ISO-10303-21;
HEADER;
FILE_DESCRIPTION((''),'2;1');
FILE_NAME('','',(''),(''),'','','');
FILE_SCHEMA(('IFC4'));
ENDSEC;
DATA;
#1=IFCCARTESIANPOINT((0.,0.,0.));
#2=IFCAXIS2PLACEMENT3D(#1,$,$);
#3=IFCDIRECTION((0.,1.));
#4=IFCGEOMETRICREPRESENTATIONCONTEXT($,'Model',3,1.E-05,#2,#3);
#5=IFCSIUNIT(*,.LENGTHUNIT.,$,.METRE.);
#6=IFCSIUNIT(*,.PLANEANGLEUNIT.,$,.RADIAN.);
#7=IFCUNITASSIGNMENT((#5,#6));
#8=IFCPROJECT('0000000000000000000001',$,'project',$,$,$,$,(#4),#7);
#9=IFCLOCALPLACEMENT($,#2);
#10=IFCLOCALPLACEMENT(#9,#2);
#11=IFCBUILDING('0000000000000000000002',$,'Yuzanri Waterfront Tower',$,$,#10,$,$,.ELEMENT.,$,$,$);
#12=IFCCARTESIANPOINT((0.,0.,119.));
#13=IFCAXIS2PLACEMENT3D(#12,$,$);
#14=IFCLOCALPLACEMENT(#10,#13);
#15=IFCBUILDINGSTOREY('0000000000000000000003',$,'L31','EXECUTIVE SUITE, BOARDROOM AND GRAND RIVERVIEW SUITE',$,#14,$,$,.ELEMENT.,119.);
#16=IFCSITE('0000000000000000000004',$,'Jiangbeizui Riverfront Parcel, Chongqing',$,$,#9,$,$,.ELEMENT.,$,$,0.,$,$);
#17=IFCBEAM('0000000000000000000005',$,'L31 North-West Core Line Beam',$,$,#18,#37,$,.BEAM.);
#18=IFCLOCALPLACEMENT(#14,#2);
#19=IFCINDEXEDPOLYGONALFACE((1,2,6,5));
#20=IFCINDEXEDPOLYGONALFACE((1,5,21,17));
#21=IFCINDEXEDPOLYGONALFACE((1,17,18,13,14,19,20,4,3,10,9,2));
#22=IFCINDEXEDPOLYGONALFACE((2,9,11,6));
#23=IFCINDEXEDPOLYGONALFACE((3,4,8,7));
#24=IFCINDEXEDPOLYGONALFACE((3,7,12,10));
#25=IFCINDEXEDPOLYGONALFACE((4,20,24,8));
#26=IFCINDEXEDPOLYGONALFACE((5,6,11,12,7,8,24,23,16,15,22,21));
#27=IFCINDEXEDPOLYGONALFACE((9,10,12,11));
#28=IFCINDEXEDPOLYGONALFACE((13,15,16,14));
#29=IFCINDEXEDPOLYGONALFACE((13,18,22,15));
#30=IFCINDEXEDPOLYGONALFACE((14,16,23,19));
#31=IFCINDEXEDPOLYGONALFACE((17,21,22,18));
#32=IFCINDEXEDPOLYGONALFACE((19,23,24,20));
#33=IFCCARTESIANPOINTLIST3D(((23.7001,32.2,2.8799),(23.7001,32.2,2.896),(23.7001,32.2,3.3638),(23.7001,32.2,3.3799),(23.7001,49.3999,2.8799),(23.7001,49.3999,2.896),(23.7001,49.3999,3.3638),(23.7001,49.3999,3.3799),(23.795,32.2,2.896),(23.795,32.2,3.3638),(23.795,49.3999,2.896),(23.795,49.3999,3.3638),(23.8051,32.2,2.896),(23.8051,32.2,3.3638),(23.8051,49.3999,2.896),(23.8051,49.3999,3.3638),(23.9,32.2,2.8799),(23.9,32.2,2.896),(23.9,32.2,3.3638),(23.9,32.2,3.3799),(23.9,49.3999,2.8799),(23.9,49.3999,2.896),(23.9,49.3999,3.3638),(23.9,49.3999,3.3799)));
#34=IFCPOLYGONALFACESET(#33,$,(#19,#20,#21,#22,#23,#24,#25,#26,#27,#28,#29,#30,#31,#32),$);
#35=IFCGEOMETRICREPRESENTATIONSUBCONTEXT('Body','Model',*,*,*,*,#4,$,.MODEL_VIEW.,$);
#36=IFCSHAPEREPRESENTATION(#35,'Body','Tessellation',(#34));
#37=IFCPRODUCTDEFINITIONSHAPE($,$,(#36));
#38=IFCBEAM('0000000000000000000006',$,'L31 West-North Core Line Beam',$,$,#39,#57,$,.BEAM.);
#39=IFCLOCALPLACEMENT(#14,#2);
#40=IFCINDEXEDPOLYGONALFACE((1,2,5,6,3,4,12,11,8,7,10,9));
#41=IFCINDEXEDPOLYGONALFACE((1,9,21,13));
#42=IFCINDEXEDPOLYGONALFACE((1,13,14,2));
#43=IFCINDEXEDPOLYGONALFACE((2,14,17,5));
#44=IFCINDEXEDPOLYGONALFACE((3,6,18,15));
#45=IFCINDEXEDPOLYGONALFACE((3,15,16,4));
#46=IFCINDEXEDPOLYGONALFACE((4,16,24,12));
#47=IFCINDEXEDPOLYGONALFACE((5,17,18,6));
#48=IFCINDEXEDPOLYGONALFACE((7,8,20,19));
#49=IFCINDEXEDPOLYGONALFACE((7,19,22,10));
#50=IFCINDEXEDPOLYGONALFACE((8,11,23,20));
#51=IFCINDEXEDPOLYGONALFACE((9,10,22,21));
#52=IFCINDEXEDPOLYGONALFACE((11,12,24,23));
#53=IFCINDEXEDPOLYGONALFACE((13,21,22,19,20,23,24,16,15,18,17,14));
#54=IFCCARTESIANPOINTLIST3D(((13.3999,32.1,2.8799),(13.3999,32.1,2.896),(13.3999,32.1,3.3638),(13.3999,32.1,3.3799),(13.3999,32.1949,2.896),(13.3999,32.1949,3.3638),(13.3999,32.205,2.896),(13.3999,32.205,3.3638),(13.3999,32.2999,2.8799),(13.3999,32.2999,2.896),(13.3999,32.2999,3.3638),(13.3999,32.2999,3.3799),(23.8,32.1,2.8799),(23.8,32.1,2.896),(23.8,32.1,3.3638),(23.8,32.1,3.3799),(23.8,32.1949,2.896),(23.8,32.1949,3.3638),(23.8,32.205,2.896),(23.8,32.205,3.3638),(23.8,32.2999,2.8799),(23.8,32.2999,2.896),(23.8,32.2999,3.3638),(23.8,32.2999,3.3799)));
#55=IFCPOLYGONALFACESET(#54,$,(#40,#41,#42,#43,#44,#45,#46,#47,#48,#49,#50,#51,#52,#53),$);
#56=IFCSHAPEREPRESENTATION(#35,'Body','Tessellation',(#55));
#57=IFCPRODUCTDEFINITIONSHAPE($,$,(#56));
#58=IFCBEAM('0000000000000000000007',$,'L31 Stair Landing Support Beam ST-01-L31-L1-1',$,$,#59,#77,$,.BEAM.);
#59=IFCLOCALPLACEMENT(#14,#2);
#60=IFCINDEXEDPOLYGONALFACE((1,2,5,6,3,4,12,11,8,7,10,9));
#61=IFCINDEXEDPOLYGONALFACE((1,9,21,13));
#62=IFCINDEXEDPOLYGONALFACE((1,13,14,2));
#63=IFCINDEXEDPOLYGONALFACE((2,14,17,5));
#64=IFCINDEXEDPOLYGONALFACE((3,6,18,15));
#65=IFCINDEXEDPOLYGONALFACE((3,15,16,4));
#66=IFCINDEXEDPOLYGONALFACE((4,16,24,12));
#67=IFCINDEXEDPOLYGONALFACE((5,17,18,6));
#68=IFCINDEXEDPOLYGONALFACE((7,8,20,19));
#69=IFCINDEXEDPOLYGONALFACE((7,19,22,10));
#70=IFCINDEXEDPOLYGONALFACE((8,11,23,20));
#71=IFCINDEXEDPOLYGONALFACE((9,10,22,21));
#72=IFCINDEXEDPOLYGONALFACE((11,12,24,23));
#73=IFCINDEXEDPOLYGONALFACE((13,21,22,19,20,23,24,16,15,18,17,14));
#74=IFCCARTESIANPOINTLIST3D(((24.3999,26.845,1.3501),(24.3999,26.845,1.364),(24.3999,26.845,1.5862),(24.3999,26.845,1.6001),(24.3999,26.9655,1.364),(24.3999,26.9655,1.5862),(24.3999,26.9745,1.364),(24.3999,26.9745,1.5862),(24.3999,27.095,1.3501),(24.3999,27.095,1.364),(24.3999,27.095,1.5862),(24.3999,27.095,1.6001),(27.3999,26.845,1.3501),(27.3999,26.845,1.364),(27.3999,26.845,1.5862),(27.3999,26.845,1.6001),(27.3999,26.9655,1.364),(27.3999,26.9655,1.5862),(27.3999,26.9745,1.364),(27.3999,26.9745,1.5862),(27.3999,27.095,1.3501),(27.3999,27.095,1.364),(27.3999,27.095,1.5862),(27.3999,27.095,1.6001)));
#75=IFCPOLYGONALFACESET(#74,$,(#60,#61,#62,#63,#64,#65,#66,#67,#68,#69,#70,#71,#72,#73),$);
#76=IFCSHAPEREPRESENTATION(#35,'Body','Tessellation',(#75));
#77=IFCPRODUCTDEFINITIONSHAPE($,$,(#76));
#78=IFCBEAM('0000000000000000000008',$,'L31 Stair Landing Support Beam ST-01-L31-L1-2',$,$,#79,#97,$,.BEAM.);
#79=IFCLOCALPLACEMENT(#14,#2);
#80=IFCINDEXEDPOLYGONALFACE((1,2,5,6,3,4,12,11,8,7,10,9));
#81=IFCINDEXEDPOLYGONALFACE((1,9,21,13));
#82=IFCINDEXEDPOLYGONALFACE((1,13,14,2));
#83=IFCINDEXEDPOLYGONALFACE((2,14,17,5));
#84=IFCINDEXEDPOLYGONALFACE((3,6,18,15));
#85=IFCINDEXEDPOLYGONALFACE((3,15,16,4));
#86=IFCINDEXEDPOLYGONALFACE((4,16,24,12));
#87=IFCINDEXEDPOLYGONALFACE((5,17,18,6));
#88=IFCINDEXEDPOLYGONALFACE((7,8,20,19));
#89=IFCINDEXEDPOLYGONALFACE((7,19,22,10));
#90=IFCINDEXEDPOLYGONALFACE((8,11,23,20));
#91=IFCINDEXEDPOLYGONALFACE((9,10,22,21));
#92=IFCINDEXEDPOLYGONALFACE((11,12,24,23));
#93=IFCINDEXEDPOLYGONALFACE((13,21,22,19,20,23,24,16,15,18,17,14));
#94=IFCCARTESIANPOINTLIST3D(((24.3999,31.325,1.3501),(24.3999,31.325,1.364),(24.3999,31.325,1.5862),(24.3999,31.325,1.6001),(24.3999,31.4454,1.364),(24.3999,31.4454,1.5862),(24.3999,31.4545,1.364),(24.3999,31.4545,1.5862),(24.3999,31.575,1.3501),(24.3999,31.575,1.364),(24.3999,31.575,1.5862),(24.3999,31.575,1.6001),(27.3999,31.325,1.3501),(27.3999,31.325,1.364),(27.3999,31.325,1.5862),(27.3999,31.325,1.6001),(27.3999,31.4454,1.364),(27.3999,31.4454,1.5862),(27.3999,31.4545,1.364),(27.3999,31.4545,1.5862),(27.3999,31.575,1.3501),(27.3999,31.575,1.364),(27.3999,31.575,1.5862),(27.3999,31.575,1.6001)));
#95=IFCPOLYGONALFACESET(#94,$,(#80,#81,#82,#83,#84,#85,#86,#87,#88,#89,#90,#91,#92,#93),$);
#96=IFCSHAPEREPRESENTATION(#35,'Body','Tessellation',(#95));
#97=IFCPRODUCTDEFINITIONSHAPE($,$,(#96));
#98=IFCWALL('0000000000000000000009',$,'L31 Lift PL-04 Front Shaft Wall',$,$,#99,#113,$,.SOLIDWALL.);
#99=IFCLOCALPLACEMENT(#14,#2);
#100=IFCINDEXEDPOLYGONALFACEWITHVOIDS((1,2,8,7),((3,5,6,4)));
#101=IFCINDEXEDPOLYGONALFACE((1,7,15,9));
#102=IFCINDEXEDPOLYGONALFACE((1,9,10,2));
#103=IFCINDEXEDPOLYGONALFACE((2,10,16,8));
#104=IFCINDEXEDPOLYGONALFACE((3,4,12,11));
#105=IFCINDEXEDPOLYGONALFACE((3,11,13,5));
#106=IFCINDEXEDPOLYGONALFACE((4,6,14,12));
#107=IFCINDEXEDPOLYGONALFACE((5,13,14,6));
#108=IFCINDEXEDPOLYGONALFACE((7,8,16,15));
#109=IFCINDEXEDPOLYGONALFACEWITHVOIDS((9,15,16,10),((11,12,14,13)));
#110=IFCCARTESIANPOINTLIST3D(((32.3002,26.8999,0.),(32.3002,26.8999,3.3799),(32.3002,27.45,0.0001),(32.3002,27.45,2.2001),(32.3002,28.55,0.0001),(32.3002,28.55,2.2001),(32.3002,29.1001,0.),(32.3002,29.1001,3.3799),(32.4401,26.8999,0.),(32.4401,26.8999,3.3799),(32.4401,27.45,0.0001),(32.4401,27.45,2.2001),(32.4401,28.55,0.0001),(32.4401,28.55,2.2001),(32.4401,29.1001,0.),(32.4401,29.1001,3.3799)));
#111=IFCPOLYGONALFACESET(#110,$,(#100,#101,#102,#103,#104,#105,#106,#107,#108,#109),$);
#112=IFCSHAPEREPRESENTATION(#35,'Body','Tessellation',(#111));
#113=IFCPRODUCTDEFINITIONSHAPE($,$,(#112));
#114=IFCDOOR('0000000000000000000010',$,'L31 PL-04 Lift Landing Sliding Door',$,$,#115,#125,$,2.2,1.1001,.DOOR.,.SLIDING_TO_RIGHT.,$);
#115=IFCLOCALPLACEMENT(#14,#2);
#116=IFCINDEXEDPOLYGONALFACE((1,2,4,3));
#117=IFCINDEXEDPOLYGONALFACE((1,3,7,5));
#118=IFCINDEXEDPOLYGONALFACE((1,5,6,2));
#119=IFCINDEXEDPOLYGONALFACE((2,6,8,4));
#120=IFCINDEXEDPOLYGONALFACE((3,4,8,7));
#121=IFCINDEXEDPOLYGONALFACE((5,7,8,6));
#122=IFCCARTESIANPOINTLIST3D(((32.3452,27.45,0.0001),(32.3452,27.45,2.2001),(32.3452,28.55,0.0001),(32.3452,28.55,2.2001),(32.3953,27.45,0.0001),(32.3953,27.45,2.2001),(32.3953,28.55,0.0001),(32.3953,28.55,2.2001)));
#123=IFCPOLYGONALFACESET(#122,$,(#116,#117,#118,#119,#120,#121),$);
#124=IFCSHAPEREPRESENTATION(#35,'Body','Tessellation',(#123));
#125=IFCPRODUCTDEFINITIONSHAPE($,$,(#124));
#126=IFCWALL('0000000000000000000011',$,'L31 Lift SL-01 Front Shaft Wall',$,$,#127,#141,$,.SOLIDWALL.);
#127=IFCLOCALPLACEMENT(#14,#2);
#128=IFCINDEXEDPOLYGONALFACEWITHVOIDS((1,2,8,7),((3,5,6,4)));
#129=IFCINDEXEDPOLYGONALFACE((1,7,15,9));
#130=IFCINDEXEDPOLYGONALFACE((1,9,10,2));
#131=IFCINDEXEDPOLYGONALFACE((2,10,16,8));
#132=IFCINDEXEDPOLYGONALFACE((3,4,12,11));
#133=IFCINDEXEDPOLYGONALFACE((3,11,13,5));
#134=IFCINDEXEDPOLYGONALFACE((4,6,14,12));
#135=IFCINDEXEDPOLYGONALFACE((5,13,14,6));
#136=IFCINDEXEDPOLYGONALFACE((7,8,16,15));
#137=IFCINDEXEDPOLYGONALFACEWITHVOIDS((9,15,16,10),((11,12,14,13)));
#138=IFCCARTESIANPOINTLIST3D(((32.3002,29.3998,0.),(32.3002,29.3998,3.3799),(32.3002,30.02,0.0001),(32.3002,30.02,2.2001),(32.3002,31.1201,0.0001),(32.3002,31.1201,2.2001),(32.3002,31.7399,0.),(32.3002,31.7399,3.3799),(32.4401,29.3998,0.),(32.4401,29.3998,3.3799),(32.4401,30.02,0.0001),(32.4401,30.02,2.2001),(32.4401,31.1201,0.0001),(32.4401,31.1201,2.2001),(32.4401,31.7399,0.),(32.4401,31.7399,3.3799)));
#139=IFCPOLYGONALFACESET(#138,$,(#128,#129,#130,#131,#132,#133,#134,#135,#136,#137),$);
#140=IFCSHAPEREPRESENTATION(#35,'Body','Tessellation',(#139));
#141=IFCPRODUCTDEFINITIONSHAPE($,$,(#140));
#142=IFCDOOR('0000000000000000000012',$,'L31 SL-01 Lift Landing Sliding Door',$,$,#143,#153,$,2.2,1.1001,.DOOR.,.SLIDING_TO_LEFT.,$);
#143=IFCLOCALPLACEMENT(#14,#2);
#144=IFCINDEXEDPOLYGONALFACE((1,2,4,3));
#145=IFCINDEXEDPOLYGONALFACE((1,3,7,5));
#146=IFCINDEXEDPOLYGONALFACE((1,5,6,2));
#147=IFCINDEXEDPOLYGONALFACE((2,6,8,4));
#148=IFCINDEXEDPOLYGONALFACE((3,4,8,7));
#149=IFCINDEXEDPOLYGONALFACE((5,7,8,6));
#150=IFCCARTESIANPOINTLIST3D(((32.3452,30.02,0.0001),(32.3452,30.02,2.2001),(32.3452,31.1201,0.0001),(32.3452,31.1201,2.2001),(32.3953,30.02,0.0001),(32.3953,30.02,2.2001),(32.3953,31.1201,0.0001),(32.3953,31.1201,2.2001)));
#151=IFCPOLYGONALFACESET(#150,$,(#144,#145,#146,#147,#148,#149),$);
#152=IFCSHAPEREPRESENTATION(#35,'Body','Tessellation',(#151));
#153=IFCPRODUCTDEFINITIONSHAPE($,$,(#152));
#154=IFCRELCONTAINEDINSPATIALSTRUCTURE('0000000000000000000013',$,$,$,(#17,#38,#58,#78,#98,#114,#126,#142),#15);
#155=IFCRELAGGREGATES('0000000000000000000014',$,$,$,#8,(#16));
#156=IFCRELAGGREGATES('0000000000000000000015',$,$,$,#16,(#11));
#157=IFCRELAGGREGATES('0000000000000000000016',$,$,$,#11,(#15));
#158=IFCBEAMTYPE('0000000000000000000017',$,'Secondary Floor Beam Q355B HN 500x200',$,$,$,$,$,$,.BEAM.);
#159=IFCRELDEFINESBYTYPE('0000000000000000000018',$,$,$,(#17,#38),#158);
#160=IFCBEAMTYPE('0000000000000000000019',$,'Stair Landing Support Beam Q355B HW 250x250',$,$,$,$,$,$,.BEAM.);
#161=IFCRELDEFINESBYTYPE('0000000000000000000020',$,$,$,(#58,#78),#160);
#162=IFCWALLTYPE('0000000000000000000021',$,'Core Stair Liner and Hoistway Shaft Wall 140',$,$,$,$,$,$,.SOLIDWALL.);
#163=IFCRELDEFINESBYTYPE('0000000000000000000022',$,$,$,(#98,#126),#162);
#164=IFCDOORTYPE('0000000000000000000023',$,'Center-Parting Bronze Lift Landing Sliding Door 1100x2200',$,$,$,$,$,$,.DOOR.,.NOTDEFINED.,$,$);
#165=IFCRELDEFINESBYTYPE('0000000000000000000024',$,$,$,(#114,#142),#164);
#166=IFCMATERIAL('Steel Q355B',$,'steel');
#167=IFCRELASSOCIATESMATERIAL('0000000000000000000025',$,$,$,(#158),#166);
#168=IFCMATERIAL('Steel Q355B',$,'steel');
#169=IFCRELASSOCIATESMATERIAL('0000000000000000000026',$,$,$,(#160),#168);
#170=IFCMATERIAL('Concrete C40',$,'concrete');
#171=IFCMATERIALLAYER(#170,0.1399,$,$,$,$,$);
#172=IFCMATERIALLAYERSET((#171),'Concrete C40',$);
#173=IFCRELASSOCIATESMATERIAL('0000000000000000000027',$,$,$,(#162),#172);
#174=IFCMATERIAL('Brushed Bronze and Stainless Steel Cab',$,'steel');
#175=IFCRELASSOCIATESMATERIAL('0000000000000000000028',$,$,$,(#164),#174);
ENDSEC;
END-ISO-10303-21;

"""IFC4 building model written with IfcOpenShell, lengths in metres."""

from ifc_helpers import new_model, si_unit, direction, frame, frame_2d, origin, origin_2d, place, context, subcontext, project, spatial, rectangle, i_section, extrude, source, transform, mapped, material, layer, layer_set, material_profile, profile_set, type_object, element, fill, save


model = new_model("IFC4")

# Units and contexts
model_context = context("Model", 3, precision=1e-05, world=origin(), true_north=direction((0.0, 1.0)))
body_context = subcontext(model_context, "Body", "Model", "MODEL_VIEW")
ifc_project = project(units=[si_unit("LENGTHUNIT", "METRE"), si_unit("PLANEANGLEUNIT", "RADIAN")], contexts=[model_context])

# Site, building, storey
site_placement = place(None, origin())
site = spatial("IfcSite", under=ifc_project, at=site_placement, Name="Jiangbeizui Riverfront Parcel, Chongqing", CompositionType="ELEMENT", RefElevation=0.0)
building_placement = place(site_placement, origin())
building = spatial("IfcBuilding", under=site, at=building_placement, Name="Yuzanri Waterfront Tower", CompositionType="ELEMENT")
storey_placement = place(building_placement, frame((0.0, 0.0, 119.0)))
storey = spatial("IfcBuildingStorey", under=building, at=storey_placement, Name="L31", Description="EXECUTIVE SUITE, BOARDROOM AND GRAND RIVERVIEW SUITE", CompositionType="ELEMENT", Elevation=119.0)

# Beams
ifc_material_1 = material(Name="Steel Q355B", Category="steel")
ifc_material_profile_1 = material_profile(ifc_material_1, i_section(OverallWidth=0.2, OverallDepth=0.5, WebThickness=0.01, FlangeThickness=0.0161, at=origin_2d()), Name="HN 500x200x10x16")
ifc_profile_set_1 = profile_set([ifc_material_profile_1], Name="Steel Q355B")
beam_type_1 = type_object("IfcBeamType", Name="Secondary Floor Beam Q355B HN 500x200", PredefinedType="BEAM", material=ifc_profile_set_1)
shared_shape_1 = source(origin(), body_context, "Body", "SweptSolid", [
    extrude(i_section(OverallWidth=0.2, OverallDepth=0.5, WebThickness=0.01, FlangeThickness=0.0161, at=origin_2d()), origin(), (0.0, 0.0, 1.0), 17.2),
])
beam_1_placement = place(storey_placement, frame((23.8, 32.2, 3.1299), z_axis=(0.0, 1.0, 0.0), x_axis=(-1.0, 0.0, 0.0)))
element("IfcBeam", 1, at=beam_1_placement, inside=storey, type_object=beam_type_1, Name="L31 North-West Core Line Beam", PredefinedType="BEAM", context=body_context, shape_type="MappedRepresentation", body=[
    mapped(shared_shape_1, transform((0.0, 0.0, 0.0), scale=1.0)),
])
shared_shape_2 = source(origin(), body_context, "Body", "SweptSolid", [
    extrude(i_section(OverallWidth=0.2, OverallDepth=0.5, WebThickness=0.01, FlangeThickness=0.0161, at=origin_2d()), origin(), (0.0, 0.0, 1.0), 10.4001),
])
beam_2_placement = place(storey_placement, frame((23.8, 32.2, 3.1299), z_axis=(-1.0, 0.0, 0.0), x_axis=(0.0, -1.0, 0.0)))
element("IfcBeam", 2, at=beam_2_placement, inside=storey, type_object=beam_type_1, Name="L31 West-North Core Line Beam", PredefinedType="BEAM", context=body_context, shape_type="MappedRepresentation", body=[
    mapped(shared_shape_2, transform((0.0, 0.0, 0.0), scale=1.0)),
])
ifc_material_2 = material(Name="Steel Q355B", Category="steel")
ifc_material_profile_2 = material_profile(ifc_material_2, i_section(OverallWidth=0.25, OverallDepth=0.25, WebThickness=0.009, FlangeThickness=0.0139, at=origin_2d()), Name="HW 250x250x9x14")
ifc_profile_set_2 = profile_set([ifc_material_profile_2], Name="Steel Q355B")
beam_type_2 = type_object("IfcBeamType", Name="Stair Landing Support Beam Q355B HW 250x250", PredefinedType="BEAM", material=ifc_profile_set_2)
shared_shape_3 = source(origin(), body_context, "Body", "SweptSolid", [
    extrude(i_section(OverallWidth=0.25, OverallDepth=0.25, WebThickness=0.009, FlangeThickness=0.0139, at=origin_2d()), origin(), (0.0, 0.0, 1.0), 3.0),
])
for number, where, z_axis, x_axis, name in (
    (3, (24.3999, 26.97, 1.4751), (1.0, 0.0, 0.0), (0.0, 1.0, 0.0), "L31 Stair Landing Support Beam ST-01-L31-L1-1"),
    (4, (24.3999, 31.45, 1.4751), (1.0, 0.0, 0.0), (0.0, 1.0, 0.0), "L31 Stair Landing Support Beam ST-01-L31-L1-2"),
):
    element("IfcBeam", number, at=place(storey_placement, frame(where, z_axis=z_axis, x_axis=x_axis)), inside=storey, type_object=beam_type_2, Name=name, PredefinedType="BEAM", context=body_context, shape_type="MappedRepresentation", body=[
        mapped(shared_shape_3, transform((0.0, 0.0, 0.0), scale=1.0)),
    ])

# Walls, openings, doors
ifc_material_3 = material(Name="Concrete C40", Category="concrete")
ifc_layer_1 = layer(ifc_material_3, 0.1399)
ifc_layer_set_1 = layer_set([ifc_layer_1], Name="Concrete C40")
wall_type_1 = type_object("IfcWallType", Name="Core Stair Liner and Hoistway Shaft Wall 140", PredefinedType="SOLIDWALL", material=ifc_layer_set_1)
wall_1_placement = place(storey_placement, frame((32.3701, 26.8999, 0.0), z_axis=(0.0, 0.0, 1.0), x_axis=(0.0, 1.0, 0.0)))
wall_1 = element("IfcWall", 5, at=wall_1_placement, inside=storey, type_object=wall_type_1, Name="L31 Lift PL-04 Front Shaft Wall", PredefinedType="SOLIDWALL", context=body_context, shape_type="SweptSolid", body=[
    extrude(rectangle(XDim=2.2002, YDim=0.1399, at=frame_2d((1.1001, 0.0))), origin(), (0.0, 0.0, 1.0), 3.3799),
])
opening_1_placement = place(wall_1_placement, frame((0.55, 0.0, 0.0)))
opening_1 = element("IfcOpeningElement", 6, at=opening_1_placement, cuts=wall_1, PredefinedType="OPENING", context=body_context, shape_type="SweptSolid", body=[
    extrude(rectangle(XDim=1.1001, YDim=2.2, at=frame_2d((0.55, 1.1001))), frame((0.0, 0.085, 0.0), z_axis=(0.0, -1.0, 0.0), x_axis=(1.0, 0.0, 0.0)), (0.0, 0.0, 1.0), 0.1697),
])
ifc_material_4 = material(Name="Brushed Bronze and Stainless Steel Cab", Category="steel")
door_type_1 = type_object("IfcDoorType", Name="Center-Parting Bronze Lift Landing Sliding Door 1100x2200", OperationType="NOTDEFINED", PredefinedType="DOOR", material=ifc_material_4)
shared_shape_4 = source(origin(), body_context, "Body", "SweptSolid", [
    extrude(rectangle(XDim=1.1001, YDim=2.2, at=frame_2d((0.55, 1.1001))), frame((0.0, 0.0249, 0.0), z_axis=(0.0, -1.0, 0.0), x_axis=(1.0, 0.0, 0.0)), (0.0, 0.0, 1.0), 0.05),
])
door_1_placement = place(opening_1_placement, origin())
door_1 = element("IfcDoor", 7, at=door_1_placement, inside=storey, type_object=door_type_1, Name="L31 PL-04 Lift Landing Sliding Door", OperationType="SLIDING_TO_RIGHT", OverallHeight=2.2, OverallWidth=1.1001, PredefinedType="DOOR", context=body_context, shape_type="MappedRepresentation", body=[
    mapped(shared_shape_4, transform((0.0, 0.0, 0.0), scale=1.0)),
])
fill(opening_1, door_1)
wall_2_placement = place(storey_placement, frame((32.3701, 29.3999, 0.0), z_axis=(0.0, 0.0, 1.0), x_axis=(0.0, 1.0, 0.0)))
wall_2 = element("IfcWall", 8, at=wall_2_placement, inside=storey, type_object=wall_type_1, Name="L31 Lift SL-01 Front Shaft Wall", PredefinedType="SOLIDWALL", context=body_context, shape_type="SweptSolid", body=[
    extrude(rectangle(XDim=2.3401, YDim=0.1399, at=frame_2d((1.1699, 0.0))), origin(), (0.0, 0.0, 1.0), 3.3799),
])
opening_2_placement = place(wall_2_placement, frame((0.6201, 0.0, 0.0)))
opening_2 = element("IfcOpeningElement", 9, at=opening_2_placement, cuts=wall_2, PredefinedType="OPENING", context=body_context, shape_type="SweptSolid", body=[
    extrude(rectangle(XDim=1.1001, YDim=2.2, at=frame_2d((0.55, 1.1001))), frame((0.0, 0.085, 0.0), z_axis=(0.0, -1.0, 0.0), x_axis=(1.0, 0.0, 0.0)), (0.0, 0.0, 1.0), 0.1697),
])
door_2_placement = place(opening_2_placement, origin())
door_2 = element("IfcDoor", 10, at=door_2_placement, inside=storey, type_object=door_type_1, Name="L31 SL-01 Lift Landing Sliding Door", OperationType="SLIDING_TO_LEFT", OverallHeight=2.2, OverallWidth=1.1001, PredefinedType="DOOR", context=body_context, shape_type="MappedRepresentation", body=[
    mapped(shared_shape_4, transform((0.0, 0.0, 0.0), scale=1.0)),
])
fill(opening_2, door_2)

save(model, "model.ifc")
